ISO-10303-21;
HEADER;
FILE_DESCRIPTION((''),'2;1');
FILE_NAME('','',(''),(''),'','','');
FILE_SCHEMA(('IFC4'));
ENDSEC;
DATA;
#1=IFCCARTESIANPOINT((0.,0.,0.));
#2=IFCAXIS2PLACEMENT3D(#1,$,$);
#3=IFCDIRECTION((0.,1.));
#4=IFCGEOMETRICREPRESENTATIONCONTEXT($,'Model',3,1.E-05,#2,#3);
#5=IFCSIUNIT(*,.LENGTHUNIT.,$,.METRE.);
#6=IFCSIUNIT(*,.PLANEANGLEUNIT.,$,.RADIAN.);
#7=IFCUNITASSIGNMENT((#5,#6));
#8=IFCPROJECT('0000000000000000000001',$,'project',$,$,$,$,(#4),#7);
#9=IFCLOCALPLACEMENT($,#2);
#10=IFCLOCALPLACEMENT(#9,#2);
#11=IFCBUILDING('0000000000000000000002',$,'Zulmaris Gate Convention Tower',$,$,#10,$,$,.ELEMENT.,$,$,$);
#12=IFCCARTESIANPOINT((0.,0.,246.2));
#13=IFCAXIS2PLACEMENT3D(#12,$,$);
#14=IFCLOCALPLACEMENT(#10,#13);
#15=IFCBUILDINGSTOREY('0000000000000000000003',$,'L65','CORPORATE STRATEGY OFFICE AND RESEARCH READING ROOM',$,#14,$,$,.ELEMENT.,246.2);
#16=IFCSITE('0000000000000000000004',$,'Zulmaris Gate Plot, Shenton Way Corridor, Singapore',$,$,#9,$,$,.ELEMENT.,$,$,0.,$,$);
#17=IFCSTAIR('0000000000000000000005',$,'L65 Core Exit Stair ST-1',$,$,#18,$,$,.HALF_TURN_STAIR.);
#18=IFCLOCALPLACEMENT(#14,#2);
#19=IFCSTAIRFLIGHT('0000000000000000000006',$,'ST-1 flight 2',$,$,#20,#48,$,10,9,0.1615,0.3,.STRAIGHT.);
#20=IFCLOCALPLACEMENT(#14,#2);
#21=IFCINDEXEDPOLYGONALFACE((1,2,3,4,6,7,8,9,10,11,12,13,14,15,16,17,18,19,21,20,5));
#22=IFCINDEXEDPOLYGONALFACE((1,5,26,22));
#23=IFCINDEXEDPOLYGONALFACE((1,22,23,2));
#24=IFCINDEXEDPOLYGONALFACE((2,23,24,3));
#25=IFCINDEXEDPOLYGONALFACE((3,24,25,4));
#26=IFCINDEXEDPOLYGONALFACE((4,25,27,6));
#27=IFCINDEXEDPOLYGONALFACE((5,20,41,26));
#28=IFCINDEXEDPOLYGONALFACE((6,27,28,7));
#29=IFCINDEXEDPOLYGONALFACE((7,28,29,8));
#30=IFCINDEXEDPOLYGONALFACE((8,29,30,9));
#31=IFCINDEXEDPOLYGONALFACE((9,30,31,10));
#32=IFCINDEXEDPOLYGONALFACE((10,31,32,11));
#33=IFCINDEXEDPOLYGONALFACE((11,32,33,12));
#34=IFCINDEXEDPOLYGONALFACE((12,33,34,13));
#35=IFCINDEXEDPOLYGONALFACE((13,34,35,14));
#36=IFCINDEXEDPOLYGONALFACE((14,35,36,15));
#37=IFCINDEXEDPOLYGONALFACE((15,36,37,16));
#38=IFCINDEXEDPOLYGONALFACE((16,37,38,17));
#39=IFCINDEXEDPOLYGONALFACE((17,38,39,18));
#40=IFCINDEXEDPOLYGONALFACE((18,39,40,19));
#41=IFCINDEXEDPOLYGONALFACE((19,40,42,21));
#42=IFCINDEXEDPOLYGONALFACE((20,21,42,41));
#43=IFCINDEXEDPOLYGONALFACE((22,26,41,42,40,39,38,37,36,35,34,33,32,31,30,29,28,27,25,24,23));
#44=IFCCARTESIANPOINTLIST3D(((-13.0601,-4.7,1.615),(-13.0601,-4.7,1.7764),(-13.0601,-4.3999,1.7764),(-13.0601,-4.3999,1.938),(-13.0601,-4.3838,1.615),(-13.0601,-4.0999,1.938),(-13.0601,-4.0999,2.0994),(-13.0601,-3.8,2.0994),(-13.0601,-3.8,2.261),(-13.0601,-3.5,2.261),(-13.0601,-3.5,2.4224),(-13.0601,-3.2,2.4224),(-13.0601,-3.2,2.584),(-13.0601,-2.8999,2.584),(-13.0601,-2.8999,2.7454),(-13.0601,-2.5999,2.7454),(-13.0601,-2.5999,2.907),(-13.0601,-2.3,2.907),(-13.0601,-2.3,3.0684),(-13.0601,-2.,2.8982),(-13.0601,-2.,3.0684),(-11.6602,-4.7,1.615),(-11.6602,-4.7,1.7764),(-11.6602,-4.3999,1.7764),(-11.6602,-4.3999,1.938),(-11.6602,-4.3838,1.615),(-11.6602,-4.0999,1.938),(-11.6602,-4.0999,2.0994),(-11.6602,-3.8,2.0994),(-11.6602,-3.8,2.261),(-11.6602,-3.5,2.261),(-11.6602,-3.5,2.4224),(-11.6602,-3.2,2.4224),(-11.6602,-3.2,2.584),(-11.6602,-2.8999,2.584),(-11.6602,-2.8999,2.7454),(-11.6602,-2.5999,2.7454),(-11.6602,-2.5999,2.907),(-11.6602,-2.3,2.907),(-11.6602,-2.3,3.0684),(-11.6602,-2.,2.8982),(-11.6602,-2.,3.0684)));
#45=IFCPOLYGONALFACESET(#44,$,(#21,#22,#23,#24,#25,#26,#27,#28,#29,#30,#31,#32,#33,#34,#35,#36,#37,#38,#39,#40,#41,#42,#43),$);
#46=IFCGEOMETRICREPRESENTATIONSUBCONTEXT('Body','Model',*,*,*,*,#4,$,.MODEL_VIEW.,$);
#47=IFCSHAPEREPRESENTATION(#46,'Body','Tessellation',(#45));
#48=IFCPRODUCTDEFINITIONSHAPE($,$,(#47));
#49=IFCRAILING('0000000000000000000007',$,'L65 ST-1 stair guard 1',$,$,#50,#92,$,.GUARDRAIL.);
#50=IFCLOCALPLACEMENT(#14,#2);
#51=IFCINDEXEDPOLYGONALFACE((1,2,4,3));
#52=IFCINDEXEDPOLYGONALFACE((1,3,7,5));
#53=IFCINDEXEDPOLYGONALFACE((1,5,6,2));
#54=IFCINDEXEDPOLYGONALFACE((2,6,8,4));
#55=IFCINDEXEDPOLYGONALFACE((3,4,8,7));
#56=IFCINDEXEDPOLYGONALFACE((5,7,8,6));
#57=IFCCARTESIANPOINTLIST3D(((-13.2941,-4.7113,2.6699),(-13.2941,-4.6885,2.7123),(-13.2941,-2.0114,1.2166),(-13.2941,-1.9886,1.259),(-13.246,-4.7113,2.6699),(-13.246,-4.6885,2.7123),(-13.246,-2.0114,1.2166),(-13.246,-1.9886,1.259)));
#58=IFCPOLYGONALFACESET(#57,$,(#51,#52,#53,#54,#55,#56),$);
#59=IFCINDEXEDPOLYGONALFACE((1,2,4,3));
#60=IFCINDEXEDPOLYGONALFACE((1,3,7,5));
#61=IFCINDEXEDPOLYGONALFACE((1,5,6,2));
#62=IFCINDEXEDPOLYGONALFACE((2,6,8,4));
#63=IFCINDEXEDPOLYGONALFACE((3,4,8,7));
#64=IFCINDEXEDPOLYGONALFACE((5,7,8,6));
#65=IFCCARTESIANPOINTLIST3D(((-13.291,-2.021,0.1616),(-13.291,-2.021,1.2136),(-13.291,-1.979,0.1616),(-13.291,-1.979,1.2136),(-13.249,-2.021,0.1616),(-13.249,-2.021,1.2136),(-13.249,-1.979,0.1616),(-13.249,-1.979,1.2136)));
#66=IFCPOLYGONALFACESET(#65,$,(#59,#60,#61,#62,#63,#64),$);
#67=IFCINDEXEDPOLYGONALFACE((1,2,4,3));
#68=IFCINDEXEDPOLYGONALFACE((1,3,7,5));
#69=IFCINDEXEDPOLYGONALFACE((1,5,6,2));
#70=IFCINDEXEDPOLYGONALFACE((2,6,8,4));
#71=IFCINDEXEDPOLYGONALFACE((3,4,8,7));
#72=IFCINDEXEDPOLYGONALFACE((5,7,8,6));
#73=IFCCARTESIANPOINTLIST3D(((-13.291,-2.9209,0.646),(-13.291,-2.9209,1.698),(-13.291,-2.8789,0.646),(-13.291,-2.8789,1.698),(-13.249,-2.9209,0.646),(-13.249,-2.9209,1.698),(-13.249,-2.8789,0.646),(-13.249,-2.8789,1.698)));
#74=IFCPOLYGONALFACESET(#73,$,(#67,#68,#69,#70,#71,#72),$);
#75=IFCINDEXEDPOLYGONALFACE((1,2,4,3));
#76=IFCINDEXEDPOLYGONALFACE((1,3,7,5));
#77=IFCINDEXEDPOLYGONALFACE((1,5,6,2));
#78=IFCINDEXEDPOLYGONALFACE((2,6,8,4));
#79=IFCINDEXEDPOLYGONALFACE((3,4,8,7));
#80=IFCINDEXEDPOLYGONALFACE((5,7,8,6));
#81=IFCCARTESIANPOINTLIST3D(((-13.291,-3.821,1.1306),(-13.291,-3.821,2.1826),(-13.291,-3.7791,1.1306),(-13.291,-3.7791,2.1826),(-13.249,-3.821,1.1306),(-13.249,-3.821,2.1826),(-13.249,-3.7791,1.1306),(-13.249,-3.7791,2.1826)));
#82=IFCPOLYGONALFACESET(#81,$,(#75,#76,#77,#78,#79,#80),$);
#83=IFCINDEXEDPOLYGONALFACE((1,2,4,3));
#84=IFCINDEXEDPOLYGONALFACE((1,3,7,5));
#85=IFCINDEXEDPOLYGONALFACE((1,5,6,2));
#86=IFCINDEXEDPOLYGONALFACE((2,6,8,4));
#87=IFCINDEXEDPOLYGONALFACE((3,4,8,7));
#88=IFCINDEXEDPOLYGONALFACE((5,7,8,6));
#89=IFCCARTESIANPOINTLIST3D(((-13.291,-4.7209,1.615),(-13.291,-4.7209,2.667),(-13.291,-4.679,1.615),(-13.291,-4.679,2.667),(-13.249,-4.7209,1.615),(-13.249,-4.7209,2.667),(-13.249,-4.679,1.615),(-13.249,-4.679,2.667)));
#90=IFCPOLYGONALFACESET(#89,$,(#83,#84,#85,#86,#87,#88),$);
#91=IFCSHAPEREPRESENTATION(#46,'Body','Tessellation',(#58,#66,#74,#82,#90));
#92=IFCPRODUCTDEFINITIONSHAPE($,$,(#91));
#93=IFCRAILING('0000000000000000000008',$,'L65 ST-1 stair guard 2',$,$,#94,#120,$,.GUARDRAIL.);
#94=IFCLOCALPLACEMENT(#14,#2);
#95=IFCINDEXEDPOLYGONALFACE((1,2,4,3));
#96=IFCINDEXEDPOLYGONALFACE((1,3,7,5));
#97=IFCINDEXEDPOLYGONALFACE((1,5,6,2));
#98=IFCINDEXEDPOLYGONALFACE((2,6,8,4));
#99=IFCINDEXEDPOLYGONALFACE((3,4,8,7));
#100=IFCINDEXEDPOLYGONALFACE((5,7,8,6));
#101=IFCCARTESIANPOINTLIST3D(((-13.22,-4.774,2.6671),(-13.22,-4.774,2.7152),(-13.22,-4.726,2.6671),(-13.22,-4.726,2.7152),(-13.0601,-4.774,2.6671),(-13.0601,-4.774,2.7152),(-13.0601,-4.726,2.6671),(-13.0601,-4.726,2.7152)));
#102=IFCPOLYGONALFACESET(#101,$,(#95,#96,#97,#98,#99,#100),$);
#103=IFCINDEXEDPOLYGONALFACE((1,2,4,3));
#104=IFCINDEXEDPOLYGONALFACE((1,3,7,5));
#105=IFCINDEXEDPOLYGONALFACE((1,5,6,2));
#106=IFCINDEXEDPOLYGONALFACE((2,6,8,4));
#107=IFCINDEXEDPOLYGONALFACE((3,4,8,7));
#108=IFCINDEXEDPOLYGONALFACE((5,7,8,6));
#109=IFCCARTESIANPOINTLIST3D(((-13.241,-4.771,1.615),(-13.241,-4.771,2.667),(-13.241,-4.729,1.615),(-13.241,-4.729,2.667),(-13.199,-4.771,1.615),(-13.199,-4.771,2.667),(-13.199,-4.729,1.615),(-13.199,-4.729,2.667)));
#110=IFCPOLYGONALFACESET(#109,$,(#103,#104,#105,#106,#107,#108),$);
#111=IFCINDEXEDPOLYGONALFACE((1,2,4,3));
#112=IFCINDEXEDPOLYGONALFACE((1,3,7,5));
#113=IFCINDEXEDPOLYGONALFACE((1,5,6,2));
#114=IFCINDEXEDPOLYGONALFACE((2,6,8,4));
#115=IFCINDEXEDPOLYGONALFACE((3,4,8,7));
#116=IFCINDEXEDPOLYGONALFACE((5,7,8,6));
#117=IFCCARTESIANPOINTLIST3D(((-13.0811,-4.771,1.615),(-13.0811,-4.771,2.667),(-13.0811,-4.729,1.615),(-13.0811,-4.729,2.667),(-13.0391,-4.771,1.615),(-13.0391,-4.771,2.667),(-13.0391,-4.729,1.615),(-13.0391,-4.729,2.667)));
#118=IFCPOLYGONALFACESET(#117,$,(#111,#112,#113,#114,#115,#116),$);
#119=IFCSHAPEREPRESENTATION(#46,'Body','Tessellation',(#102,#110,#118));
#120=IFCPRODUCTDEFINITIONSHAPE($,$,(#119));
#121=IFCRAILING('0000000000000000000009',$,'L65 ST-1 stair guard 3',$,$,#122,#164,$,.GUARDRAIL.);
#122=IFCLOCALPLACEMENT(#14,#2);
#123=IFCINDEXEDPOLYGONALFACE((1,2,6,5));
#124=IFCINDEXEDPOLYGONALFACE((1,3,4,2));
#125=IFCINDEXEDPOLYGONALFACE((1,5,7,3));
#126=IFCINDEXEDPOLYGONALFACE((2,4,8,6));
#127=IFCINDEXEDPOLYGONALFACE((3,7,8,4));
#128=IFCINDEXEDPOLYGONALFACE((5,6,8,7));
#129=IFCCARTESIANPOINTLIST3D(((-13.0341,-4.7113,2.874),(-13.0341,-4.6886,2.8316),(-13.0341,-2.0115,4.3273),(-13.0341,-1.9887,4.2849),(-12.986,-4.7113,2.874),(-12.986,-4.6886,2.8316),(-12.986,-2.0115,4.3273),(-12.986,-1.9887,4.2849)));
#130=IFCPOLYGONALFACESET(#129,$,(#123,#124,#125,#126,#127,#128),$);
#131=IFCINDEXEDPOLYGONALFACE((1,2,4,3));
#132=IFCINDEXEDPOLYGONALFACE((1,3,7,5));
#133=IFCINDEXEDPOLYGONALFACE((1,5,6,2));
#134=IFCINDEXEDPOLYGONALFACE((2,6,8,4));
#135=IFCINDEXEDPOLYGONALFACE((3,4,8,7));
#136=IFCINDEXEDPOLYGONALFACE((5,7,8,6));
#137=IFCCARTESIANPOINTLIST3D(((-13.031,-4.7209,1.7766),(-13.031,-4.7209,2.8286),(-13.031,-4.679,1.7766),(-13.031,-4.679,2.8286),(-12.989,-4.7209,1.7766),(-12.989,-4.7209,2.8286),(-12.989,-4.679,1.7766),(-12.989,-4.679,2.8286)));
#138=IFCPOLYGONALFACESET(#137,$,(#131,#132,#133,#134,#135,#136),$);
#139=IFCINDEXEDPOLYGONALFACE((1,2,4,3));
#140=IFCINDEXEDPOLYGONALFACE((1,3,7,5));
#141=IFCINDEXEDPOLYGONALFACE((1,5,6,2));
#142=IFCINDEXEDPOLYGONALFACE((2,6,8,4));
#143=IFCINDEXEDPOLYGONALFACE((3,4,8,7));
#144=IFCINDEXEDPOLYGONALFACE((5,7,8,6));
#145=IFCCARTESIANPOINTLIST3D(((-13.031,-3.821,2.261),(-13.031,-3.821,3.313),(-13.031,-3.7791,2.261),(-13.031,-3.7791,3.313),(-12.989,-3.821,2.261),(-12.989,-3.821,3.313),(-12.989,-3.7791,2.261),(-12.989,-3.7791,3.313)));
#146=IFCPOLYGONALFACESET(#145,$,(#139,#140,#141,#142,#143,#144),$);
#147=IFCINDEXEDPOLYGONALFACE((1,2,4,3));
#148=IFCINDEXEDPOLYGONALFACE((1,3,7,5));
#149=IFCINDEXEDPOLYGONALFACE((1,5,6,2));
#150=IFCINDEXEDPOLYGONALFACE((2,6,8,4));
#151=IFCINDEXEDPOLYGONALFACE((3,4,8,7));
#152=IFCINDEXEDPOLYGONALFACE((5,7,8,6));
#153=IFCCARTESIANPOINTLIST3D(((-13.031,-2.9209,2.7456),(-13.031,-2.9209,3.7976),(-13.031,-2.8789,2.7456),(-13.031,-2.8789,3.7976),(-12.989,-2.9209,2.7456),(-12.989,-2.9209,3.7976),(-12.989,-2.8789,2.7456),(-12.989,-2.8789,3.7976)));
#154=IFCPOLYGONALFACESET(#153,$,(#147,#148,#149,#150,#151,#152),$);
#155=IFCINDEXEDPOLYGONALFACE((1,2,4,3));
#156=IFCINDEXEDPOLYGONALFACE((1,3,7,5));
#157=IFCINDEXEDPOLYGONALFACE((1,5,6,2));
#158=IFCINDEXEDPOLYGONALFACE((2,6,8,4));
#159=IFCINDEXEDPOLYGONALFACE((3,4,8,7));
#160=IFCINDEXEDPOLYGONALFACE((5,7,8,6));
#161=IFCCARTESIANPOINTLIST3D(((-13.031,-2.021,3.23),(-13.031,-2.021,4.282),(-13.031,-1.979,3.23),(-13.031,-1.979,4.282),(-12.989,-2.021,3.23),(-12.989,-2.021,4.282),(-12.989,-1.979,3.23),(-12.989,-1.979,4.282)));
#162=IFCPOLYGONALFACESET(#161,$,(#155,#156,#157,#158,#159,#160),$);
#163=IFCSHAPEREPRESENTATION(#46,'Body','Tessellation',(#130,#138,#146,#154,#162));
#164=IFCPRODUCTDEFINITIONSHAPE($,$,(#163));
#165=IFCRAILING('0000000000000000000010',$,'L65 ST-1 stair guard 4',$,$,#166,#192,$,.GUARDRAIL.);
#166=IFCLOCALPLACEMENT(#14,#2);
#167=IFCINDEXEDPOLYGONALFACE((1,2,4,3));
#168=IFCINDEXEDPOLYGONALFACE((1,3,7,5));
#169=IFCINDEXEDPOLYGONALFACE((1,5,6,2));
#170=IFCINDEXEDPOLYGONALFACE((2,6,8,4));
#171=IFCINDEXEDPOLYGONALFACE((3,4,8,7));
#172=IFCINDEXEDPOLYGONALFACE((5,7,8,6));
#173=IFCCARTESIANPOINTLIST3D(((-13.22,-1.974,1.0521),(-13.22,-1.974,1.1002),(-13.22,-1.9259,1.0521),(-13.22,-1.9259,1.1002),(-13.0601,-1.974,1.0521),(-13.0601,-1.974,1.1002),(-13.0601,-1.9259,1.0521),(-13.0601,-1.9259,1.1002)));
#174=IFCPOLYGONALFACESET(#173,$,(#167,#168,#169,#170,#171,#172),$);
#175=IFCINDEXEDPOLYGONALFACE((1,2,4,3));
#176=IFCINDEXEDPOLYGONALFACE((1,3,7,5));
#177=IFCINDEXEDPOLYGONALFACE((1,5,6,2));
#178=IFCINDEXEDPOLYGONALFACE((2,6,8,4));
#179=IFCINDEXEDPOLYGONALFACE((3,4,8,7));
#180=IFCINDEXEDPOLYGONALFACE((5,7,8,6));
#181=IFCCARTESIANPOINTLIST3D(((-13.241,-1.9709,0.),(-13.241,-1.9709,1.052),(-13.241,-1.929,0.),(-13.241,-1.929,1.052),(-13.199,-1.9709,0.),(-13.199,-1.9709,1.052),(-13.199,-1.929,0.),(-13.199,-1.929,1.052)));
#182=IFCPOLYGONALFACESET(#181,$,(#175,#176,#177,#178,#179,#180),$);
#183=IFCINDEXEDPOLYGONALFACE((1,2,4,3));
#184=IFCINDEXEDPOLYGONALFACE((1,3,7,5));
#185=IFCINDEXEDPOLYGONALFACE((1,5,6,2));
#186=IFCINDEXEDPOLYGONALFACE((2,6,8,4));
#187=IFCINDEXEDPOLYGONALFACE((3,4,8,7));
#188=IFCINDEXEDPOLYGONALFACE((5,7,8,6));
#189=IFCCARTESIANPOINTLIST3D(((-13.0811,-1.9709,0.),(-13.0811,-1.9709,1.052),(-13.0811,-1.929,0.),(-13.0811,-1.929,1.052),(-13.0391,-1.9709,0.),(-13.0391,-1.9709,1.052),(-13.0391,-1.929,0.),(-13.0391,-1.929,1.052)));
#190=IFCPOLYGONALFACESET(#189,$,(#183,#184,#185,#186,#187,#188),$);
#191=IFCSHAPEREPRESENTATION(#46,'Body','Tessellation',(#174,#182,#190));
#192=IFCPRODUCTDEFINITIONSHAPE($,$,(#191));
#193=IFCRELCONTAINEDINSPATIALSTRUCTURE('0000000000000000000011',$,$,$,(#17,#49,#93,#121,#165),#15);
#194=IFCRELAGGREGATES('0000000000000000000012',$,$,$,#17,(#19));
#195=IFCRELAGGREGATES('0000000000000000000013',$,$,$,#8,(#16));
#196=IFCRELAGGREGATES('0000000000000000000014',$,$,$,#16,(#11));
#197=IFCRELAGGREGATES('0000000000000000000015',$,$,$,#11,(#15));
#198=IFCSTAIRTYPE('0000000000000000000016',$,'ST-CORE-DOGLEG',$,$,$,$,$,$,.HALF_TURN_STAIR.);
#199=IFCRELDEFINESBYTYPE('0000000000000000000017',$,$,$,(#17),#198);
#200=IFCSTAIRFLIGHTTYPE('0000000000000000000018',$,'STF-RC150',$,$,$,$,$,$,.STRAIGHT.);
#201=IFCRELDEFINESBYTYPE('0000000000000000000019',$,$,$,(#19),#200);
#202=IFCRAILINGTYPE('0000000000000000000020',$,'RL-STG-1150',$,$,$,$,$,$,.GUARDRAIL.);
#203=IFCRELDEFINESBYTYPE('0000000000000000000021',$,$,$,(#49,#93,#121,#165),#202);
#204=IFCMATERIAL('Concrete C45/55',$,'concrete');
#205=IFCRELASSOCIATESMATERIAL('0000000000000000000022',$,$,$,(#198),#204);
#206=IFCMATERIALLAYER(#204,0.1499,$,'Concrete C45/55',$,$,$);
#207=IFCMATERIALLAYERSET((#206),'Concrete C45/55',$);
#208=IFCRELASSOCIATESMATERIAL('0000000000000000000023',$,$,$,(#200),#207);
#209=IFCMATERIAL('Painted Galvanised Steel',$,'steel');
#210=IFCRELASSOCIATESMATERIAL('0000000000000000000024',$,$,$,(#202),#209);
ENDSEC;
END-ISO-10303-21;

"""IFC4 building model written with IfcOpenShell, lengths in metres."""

from ifc_helpers import new_model, si_unit, direction, frame, origin, origin_2d, place, context, subcontext, project, spatial, polyline, rectangle, outline, extrude, material, layer, layer_set, type_object, element, aggregate, save


model = new_model("IFC4")

# Units and contexts
model_context = context("Model", 3, precision=1e-05, world=origin(), true_north=direction((0.0, 1.0)))
body_context = subcontext(model_context, "Body", "Model", "MODEL_VIEW")
ifc_project = project(units=[si_unit("LENGTHUNIT", "METRE"), si_unit("PLANEANGLEUNIT", "RADIAN")], contexts=[model_context])

# Site, building, storey
site_placement = place(None, origin())
site = spatial("IfcSite", under=ifc_project, at=site_placement, Name="Zulmaris Gate Plot, Shenton Way Corridor, Singapore", CompositionType="ELEMENT", RefElevation=0.0)
building_placement = place(site_placement, origin())
building = spatial("IfcBuilding", under=site, at=building_placement, Name="Zulmaris Gate Convention Tower", CompositionType="ELEMENT")
storey_placement = place(building_placement, frame((0.0, 0.0, 246.2)))
storey = spatial("IfcBuildingStorey", under=building, at=storey_placement, Name="L65", Description="CORPORATE STRATEGY OFFICE AND RESEARCH READING ROOM", CompositionType="ELEMENT", Elevation=246.2)

# Stair, stair flight
ifc_material_1 = material(Name="Concrete C45/55", Category="concrete")
stair_type = type_object("IfcStairType", Name="ST-CORE-DOGLEG", PredefinedType="HALF_TURN_STAIR", material=ifc_material_1)
stair_placement = place(storey_placement, origin())
stair = element("IfcStair", 1, at=stair_placement, inside=storey, type_object=stair_type, Name="L65 Core Exit Stair ST-1", PredefinedType="HALF_TURN_STAIR")
ifc_layer_1 = layer(ifc_material_1, 0.1499, Name="Concrete C45/55")
ifc_layer_set_1 = layer_set([ifc_layer_1], Name="Concrete C45/55")
stair_flight_type = type_object("IfcStairFlightType", Name="STF-RC150", PredefinedType="STRAIGHT", material=ifc_layer_set_1)
stair_flight_1_placement = place(storey_placement, frame((-12.3601, -4.7, 1.615), z_axis=(0.0, 0.0, 1.0), x_axis=(0.0, 1.0, 0.0)))
stair_flight_1 = element("IfcStairFlight", 2, at=stair_flight_1_placement, type_object=stair_flight_type, Name="ST-1 flight 2", NumberOfRisers=10, NumberOfTreads=9, PredefinedType="STRAIGHT", RiserHeight=0.1615, TreadLength=0.3, context=body_context, shape_type="SweptSolid", body=[
    extrude(outline(polyline([(0.0, 0.0), (0.0, 0.1614), (0.3, 0.1614), (0.3, 0.323), (0.6001, 0.323), (0.6001, 0.4844), (0.8999, 0.4844), (0.8999, 0.646), (1.2, 0.646), (1.2, 0.8074), (1.5, 0.8074), (1.5, 0.969), (1.8, 0.969), (1.8, 1.1304), (2.1001, 1.1304), (2.1001, 1.292), (2.3999, 1.292), (2.3999, 1.4534), (2.7, 1.4534), (2.7, 1.615), (2.7, 1.2832), (0.3162, 0.0), (0.0, 0.0)])), frame((0.0, 0.7, 0.0), z_axis=(0.0, -1.0, 0.0), x_axis=(1.0, 0.0, 0.0)), (0.0, 0.0, 1.0), 1.3999),
])
aggregate(stair, [stair_flight_1])

# Railings
ifc_material_2 = material(Name="Painted Galvanised Steel", Category="steel")
railing_type_1 = type_object("IfcRailingType", Name="RL-STG-1150", PredefinedType="GUARDRAIL", material=ifc_material_2)
railing_1_placement = place(storey_placement, frame((-13.27, -2.0, 0.1616)))
element("IfcRailing", 3, at=railing_1_placement, inside=storey, type_object=railing_type_1, Name="L65 ST-1 stair guard 1", PredefinedType="GUARDRAIL", context=body_context, shape_type="SweptSolid", body=[
    extrude(rectangle(XDim=0.0481, YDim=0.0481, at=origin_2d()), frame((0.0, 0.0, 1.0762), z_axis=(0.0, -0.880532, 0.473986), x_axis=(1.0, 0.0, 0.0)), (0.0, 0.0, 1.0), 3.0662),
    extrude(rectangle(XDim=0.042, YDim=0.042, at=origin_2d()), origin(), (0.0, 0.0, 1.0), 1.052),
    extrude(rectangle(XDim=0.042, YDim=0.042, at=origin_2d()), frame((0.0, -0.8999, 0.4844)), (0.0, 0.0, 1.0), 1.052),
    extrude(rectangle(XDim=0.042, YDim=0.042, at=origin_2d()), frame((0.0, -1.8, 0.969)), (0.0, 0.0, 1.0), 1.052),
    extrude(rectangle(XDim=0.042, YDim=0.042, at=origin_2d()), frame((0.0, -2.7, 1.4534)), (0.0, 0.0, 1.0), 1.052),
])
railing_2_placement = place(storey_placement, frame((-13.22, -4.75, 1.615)))
element("IfcRailing", 4, at=railing_2_placement, inside=storey, type_object=railing_type_1, Name="L65 ST-1 stair guard 2", PredefinedType="GUARDRAIL", context=body_context, shape_type="SweptSolid", body=[
    extrude(rectangle(XDim=0.0481, YDim=0.0481, at=origin_2d()), frame((0.0, 0.0, 1.0762), z_axis=(1.0, 0.0, 0.0), x_axis=(0.0, 1.0, 0.0)), (0.0, 0.0, 1.0), 0.1599),
    extrude(rectangle(XDim=0.042, YDim=0.042, at=origin_2d()), origin(), (0.0, 0.0, 1.0), 1.052),
    extrude(rectangle(XDim=0.042, YDim=0.042, at=origin_2d()), frame((0.1599, 0.0, 0.0)), (0.0, 0.0, 1.0), 1.052),
])
railing_3_placement = place(storey_placement, frame((-13.01, -4.7, 1.7766)))
element("IfcRailing", 5, at=railing_3_placement, inside=storey, type_object=railing_type_1, Name="L65 ST-1 stair guard 3", PredefinedType="GUARDRAIL", context=body_context, shape_type="SweptSolid", body=[
    extrude(rectangle(XDim=0.0481, YDim=0.0481, at=origin_2d()), frame((0.0, 0.0, 1.0762), z_axis=(0.0, 0.880532, 0.473986), x_axis=(-1.0, 0.0, 0.0)), (0.0, 0.0, 1.0), 3.0662),
    extrude(rectangle(XDim=0.042, YDim=0.042, at=origin_2d()), origin(), (0.0, 0.0, 1.0), 1.052),
    extrude(rectangle(XDim=0.042, YDim=0.042, at=origin_2d()), frame((0.0, 0.8999, 0.4844)), (0.0, 0.0, 1.0), 1.052),
    extrude(rectangle(XDim=0.042, YDim=0.042, at=origin_2d()), frame((0.0, 1.8, 0.969)), (0.0, 0.0, 1.0), 1.052),
    extrude(rectangle(XDim=0.042, YDim=0.042, at=origin_2d()), frame((0.0, 2.7, 1.4534)), (0.0, 0.0, 1.0), 1.052),
])
railing_4_placement = place(storey_placement, frame((-13.22, -1.95, 0.0)))
element("IfcRailing", 6, at=railing_4_placement, inside=storey, type_object=railing_type_1, Name="L65 ST-1 stair guard 4", PredefinedType="GUARDRAIL", context=body_context, shape_type="SweptSolid", body=[
    extrude(rectangle(XDim=0.0481, YDim=0.0481, at=origin_2d()), frame((0.0, 0.0, 1.0762), z_axis=(1.0, 0.0, 0.0), x_axis=(0.0, 1.0, 0.0)), (0.0, 0.0, 1.0), 0.1599),
    extrude(rectangle(XDim=0.042, YDim=0.042, at=origin_2d()), origin(), (0.0, 0.0, 1.0), 1.052),
    extrude(rectangle(XDim=0.042, YDim=0.042, at=origin_2d()), frame((0.1599, 0.0, 0.0)), (0.0, 0.0, 1.0), 1.052),
])

save(model, "model.ifc")
